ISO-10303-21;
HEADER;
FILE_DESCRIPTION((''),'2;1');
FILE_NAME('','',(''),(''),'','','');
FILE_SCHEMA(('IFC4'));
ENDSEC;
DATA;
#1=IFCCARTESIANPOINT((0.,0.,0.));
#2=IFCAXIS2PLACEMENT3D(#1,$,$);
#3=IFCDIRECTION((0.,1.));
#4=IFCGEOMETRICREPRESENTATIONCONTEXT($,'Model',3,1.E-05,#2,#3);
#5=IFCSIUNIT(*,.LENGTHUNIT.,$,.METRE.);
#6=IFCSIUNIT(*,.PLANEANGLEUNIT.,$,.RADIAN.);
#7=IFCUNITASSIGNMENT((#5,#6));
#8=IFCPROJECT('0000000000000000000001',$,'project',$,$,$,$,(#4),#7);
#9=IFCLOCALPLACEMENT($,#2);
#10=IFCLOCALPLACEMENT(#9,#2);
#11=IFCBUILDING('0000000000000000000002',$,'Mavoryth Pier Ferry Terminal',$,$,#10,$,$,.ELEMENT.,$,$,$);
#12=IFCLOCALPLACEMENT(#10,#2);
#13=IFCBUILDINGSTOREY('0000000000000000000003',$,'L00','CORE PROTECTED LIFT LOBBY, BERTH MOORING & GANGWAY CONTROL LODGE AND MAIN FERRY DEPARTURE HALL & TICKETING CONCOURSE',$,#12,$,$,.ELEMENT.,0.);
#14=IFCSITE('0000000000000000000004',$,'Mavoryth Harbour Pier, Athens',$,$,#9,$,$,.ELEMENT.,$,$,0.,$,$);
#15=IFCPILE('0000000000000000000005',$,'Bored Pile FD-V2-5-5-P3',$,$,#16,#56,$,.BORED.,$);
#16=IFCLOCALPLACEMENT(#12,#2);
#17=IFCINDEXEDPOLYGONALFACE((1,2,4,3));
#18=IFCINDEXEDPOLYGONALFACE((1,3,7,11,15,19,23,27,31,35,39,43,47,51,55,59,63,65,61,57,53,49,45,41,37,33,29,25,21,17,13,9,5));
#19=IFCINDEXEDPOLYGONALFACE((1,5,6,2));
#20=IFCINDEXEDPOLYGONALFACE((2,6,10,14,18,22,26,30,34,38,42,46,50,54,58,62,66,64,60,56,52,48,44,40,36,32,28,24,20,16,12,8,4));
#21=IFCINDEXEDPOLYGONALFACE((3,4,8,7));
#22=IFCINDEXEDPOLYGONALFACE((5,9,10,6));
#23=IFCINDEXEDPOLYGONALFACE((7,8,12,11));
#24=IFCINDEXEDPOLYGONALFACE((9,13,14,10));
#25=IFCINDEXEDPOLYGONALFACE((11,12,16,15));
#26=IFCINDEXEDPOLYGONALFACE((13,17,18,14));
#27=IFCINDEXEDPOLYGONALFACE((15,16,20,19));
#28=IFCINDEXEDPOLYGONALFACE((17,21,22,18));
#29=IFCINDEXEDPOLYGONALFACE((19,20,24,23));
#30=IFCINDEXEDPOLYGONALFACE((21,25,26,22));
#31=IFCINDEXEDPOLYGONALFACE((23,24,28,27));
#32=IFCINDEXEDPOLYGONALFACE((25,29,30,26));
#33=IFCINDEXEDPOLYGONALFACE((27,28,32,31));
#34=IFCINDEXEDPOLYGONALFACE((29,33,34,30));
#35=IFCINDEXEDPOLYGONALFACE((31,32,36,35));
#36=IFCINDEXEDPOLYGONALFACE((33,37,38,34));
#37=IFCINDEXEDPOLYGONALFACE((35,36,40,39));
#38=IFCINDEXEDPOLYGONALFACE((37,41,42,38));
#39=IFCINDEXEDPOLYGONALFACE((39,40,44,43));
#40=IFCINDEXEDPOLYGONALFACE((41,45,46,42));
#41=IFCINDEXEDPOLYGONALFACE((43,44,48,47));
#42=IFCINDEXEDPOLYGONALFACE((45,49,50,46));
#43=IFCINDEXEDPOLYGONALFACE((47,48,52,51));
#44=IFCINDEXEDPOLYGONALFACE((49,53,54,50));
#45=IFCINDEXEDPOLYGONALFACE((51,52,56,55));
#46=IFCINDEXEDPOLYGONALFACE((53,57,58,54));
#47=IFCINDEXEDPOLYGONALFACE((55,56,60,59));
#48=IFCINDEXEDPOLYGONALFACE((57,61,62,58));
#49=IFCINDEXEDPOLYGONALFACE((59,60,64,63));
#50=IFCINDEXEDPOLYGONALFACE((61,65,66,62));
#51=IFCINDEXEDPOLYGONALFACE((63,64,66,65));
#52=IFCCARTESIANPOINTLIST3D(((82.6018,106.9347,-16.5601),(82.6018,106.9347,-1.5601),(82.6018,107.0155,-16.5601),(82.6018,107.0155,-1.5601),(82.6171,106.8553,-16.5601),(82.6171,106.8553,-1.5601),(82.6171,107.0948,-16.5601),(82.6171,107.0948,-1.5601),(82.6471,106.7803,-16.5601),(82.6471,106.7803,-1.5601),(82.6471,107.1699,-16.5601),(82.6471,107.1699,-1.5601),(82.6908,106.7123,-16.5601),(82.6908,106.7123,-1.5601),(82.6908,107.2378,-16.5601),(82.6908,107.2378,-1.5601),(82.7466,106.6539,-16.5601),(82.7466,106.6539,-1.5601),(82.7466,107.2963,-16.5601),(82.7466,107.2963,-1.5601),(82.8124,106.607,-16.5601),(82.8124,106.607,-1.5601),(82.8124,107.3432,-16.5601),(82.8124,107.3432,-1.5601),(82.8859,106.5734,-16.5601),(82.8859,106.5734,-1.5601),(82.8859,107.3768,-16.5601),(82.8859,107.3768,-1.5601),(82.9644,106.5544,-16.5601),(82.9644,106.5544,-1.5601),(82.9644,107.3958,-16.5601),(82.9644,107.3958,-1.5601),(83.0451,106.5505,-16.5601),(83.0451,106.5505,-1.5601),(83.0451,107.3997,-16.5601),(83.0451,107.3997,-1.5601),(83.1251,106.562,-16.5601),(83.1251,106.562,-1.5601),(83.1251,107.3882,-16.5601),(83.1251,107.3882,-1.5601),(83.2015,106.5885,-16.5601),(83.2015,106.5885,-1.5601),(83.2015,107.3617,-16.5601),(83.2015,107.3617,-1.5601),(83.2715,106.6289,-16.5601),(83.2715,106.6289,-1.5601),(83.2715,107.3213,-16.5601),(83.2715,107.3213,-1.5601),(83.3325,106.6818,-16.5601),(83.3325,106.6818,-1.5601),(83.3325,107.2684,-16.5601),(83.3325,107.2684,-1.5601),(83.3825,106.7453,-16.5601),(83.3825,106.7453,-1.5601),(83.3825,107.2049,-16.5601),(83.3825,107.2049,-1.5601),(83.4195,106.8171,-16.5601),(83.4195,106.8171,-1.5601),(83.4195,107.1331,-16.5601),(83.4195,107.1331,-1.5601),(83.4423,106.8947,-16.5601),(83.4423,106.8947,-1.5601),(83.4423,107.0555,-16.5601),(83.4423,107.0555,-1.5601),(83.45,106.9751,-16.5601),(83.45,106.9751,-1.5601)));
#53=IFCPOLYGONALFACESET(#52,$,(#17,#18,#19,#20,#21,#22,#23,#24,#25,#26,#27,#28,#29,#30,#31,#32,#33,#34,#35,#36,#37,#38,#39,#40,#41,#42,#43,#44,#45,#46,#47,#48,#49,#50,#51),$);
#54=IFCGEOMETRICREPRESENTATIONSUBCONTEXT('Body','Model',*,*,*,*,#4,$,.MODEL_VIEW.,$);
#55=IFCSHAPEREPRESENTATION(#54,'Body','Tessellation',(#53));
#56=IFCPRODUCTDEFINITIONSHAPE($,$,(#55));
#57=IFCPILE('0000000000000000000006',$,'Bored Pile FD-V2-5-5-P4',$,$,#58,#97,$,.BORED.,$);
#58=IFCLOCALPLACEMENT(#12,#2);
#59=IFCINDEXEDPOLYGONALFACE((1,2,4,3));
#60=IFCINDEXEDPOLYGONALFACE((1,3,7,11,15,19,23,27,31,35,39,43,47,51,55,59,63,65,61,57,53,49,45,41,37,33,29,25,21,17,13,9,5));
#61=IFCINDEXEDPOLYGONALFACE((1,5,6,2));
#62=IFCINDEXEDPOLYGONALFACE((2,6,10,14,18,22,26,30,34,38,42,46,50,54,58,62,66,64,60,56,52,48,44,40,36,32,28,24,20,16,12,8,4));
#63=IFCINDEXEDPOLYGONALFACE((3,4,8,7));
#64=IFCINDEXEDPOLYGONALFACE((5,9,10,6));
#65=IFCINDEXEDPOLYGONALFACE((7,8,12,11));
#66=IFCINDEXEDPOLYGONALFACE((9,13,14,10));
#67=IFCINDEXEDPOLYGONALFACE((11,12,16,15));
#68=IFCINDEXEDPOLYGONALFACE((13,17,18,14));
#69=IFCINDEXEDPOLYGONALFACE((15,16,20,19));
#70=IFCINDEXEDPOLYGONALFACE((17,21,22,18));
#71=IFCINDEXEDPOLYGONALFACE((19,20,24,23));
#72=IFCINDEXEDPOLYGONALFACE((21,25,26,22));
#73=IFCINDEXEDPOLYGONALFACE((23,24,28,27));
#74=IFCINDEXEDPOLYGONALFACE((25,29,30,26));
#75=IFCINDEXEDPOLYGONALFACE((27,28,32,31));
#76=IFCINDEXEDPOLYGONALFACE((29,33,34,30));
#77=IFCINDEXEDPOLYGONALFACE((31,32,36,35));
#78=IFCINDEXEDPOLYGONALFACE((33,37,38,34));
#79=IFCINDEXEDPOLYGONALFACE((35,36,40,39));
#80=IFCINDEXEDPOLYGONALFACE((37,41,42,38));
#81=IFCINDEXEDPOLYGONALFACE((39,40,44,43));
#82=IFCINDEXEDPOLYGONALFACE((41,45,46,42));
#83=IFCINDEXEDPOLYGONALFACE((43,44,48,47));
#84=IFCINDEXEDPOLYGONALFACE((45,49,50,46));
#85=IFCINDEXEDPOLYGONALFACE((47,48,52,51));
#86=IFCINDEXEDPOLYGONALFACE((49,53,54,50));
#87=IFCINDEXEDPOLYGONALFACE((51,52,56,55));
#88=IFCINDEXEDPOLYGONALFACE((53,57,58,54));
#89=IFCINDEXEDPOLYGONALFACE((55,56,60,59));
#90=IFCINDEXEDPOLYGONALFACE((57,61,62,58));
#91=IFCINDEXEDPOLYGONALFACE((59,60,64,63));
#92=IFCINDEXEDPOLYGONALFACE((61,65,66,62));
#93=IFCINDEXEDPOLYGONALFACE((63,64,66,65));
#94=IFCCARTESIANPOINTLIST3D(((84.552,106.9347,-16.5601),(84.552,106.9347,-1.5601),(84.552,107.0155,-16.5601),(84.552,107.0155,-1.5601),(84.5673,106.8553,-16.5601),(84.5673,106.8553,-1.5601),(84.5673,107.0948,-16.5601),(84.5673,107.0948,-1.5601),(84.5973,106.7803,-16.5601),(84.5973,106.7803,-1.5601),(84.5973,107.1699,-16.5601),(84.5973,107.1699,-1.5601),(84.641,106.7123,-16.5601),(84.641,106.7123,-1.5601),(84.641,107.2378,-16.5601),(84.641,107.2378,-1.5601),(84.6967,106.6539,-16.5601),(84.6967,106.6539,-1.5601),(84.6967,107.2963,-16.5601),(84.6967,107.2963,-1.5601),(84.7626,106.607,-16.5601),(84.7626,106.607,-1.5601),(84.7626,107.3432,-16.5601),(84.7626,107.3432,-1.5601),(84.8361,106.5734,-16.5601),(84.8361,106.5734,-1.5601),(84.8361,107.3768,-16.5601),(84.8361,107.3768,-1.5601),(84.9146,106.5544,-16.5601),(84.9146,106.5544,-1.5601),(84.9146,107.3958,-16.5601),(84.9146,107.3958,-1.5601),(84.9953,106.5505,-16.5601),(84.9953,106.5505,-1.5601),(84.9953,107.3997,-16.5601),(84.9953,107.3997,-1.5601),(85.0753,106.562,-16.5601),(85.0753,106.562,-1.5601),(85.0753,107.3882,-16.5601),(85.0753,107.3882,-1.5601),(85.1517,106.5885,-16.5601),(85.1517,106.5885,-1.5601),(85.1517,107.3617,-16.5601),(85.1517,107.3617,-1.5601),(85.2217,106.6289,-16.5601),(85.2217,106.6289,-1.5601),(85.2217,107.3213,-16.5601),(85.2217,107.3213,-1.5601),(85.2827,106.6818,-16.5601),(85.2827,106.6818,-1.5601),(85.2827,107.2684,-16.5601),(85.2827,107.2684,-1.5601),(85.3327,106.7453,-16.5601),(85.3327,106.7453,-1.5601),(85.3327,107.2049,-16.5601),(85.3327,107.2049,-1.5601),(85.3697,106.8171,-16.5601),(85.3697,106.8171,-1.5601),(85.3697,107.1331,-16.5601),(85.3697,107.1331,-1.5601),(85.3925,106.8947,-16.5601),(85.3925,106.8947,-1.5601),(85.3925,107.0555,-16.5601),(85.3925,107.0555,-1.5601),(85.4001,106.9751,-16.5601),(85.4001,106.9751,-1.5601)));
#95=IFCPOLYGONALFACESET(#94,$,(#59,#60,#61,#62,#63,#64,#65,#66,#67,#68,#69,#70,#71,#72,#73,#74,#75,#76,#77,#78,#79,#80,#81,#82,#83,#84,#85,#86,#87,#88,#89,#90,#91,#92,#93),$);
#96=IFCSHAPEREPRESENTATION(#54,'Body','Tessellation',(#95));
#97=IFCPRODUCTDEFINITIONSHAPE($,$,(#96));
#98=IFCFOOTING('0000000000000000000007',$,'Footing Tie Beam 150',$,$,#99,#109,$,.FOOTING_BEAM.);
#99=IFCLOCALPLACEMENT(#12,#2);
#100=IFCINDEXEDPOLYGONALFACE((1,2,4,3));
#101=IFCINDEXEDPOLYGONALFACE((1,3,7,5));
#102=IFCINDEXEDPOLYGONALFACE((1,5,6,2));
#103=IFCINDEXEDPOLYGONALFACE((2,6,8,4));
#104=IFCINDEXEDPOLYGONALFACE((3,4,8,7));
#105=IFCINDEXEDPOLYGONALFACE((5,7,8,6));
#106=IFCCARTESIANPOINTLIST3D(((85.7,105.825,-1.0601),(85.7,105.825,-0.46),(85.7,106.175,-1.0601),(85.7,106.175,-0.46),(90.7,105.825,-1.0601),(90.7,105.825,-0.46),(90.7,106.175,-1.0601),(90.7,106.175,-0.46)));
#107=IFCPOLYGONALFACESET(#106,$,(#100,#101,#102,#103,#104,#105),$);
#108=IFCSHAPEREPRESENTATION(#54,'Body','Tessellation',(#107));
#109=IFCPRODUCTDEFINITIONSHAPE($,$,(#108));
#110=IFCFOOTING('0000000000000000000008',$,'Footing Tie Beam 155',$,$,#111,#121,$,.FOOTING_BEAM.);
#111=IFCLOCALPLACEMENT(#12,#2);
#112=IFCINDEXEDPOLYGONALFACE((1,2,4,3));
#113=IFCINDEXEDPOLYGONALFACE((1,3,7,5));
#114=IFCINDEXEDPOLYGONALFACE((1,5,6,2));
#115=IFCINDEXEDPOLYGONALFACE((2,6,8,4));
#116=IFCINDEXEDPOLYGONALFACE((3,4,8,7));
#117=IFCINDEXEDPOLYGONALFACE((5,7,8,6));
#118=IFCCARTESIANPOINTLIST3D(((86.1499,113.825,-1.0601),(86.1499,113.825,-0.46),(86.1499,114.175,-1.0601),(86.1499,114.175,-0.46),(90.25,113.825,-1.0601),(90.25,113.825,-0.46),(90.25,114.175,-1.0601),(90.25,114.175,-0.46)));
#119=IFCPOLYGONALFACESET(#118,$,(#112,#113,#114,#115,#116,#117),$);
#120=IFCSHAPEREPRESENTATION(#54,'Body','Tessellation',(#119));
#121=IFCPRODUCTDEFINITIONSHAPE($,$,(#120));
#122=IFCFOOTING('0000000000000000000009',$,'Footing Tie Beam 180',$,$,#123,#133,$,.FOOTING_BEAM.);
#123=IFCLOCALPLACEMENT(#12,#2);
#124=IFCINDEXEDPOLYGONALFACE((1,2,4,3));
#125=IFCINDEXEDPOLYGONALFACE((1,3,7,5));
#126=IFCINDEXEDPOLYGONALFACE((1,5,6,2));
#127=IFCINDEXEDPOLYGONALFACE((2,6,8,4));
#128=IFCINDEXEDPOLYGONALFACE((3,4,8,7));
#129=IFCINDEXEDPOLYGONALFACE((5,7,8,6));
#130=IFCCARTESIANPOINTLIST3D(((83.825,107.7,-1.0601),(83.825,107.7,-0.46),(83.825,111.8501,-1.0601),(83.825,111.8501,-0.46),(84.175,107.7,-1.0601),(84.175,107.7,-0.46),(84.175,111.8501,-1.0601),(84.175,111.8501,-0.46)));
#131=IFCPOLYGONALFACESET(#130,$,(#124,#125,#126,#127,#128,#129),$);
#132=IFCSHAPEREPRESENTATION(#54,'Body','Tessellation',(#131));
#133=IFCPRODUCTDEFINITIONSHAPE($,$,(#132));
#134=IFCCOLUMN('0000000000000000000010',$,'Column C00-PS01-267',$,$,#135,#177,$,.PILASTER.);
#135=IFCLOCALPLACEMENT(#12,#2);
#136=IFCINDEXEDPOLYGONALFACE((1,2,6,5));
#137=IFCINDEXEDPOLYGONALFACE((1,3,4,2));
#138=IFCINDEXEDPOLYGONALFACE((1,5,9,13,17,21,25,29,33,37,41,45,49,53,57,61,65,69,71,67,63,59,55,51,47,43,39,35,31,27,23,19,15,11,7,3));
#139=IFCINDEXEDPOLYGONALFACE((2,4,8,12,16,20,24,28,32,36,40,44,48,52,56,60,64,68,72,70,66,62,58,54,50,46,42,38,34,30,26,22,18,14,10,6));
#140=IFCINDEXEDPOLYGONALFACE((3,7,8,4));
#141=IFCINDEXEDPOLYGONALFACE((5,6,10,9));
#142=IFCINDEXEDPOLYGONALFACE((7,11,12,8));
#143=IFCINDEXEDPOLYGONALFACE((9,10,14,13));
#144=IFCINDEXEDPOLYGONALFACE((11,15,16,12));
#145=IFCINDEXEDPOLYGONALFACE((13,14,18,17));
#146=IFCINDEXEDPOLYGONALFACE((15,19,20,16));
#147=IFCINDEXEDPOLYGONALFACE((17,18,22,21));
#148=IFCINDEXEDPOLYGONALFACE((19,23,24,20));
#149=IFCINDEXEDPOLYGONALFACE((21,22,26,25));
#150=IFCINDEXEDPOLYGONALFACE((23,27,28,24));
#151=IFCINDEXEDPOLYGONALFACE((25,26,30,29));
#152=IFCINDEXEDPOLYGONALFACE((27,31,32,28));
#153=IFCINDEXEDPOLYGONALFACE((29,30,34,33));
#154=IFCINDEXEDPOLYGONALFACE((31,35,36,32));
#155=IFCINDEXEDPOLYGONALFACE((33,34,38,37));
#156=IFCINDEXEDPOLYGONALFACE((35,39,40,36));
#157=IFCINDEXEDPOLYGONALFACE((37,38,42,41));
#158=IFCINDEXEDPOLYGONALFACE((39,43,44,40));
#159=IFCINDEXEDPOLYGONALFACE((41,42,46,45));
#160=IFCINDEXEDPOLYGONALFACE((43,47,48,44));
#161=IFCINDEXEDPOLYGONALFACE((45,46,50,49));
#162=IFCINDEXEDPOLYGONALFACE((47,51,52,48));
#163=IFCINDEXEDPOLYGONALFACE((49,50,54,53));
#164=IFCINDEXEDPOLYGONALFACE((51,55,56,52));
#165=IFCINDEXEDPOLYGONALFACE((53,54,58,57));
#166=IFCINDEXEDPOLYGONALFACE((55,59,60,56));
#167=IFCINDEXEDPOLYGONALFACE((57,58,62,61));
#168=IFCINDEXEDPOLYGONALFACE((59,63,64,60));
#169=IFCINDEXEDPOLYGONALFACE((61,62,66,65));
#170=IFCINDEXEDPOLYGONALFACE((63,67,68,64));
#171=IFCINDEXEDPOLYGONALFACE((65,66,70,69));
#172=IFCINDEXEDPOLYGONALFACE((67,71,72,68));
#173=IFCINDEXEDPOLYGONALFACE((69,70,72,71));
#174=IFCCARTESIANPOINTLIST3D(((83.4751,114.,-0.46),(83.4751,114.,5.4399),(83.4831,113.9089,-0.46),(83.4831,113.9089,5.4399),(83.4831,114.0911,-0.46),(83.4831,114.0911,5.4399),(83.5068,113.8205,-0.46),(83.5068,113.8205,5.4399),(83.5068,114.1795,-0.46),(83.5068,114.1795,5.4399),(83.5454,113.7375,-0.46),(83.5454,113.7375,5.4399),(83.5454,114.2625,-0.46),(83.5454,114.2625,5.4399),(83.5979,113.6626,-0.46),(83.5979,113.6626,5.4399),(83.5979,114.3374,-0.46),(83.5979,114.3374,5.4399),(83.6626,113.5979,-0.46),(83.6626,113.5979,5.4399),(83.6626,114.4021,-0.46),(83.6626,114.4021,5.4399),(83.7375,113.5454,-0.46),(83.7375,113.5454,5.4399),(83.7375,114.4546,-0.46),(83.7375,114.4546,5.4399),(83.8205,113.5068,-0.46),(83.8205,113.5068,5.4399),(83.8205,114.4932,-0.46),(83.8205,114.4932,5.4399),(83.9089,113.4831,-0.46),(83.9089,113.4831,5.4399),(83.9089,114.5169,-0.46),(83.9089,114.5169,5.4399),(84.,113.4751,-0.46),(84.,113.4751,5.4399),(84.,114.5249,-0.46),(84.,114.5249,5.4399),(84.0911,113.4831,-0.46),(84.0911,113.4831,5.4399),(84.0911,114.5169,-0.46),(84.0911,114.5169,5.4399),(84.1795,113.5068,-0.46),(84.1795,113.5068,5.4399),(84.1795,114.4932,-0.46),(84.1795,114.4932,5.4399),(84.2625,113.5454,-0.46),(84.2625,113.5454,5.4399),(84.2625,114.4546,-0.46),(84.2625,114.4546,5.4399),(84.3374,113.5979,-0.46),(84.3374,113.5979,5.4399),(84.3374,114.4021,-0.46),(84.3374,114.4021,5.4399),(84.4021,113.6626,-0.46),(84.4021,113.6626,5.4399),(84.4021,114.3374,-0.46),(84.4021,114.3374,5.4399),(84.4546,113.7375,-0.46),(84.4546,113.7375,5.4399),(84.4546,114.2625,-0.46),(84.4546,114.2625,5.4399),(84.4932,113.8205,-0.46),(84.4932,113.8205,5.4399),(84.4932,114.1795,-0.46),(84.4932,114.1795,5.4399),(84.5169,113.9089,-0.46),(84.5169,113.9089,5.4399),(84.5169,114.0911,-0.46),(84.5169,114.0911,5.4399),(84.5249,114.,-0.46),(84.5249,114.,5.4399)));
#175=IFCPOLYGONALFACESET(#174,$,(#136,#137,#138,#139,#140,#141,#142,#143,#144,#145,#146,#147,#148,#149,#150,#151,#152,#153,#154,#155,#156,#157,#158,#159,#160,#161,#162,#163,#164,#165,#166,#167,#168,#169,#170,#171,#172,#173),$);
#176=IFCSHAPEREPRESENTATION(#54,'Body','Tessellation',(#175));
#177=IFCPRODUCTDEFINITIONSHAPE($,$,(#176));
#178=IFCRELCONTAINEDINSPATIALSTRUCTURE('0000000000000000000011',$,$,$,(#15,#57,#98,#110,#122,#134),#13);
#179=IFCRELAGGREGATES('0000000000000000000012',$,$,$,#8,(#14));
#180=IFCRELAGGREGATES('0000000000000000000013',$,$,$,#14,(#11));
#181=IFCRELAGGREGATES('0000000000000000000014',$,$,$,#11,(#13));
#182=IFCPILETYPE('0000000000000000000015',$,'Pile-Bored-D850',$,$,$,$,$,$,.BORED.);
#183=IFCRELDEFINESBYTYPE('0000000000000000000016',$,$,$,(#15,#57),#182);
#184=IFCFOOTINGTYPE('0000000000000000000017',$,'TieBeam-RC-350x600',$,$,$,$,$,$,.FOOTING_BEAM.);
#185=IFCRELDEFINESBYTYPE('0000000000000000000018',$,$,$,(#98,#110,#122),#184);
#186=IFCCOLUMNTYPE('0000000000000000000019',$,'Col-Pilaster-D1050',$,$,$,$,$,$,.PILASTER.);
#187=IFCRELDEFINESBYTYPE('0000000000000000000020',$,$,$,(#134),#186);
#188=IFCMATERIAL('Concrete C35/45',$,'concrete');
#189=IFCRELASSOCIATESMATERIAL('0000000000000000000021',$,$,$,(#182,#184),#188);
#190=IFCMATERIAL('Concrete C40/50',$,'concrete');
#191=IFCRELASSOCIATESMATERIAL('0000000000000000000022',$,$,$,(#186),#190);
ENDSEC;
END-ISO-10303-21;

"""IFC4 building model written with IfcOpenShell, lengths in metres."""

from ifc_helpers import new_model, si_unit, direction, frame, origin, origin_2d, place, context, subcontext, project, spatial, rectangle, circle, extrude, material, material_profile, profile_set, type_object, element, save


model = new_model("IFC4")

# Units and contexts
model_context = context("Model", 3, precision=1e-05, world=origin(), true_north=direction((0.0, 1.0)))
body_context = subcontext(model_context, "Body", "Model", "MODEL_VIEW")
ifc_project = project(units=[si_unit("LENGTHUNIT", "METRE"), si_unit("PLANEANGLEUNIT", "RADIAN")], contexts=[model_context])

# Site, building, storey
site_placement = place(None, origin())
site = spatial("IfcSite", under=ifc_project, at=site_placement, Name="Mavoryth Harbour Pier, Athens", CompositionType="ELEMENT", RefElevation=0.0)
building_placement = place(site_placement, origin())
building = spatial("IfcBuilding", under=site, at=building_placement, Name="Mavoryth Pier Ferry Terminal", CompositionType="ELEMENT")
storey_placement = place(building_placement, origin())
storey = spatial("IfcBuildingStorey", under=building, at=storey_placement, Name="L00", Description="CORE PROTECTED LIFT LOBBY, BERTH MOORING & GANGWAY CONTROL LODGE AND MAIN FERRY DEPARTURE HALL & TICKETING CONCOURSE", CompositionType="ELEMENT", Elevation=0.0)

# Shared definitions
ifc_material_1 = material(Name="Concrete C35/45", Category="concrete")

# Piles
ifc_material_profile_1 = material_profile(ifc_material_1, circle(Radius=0.425, at=origin_2d()), Name="PILE D850", Category="concrete")
ifc_profile_set_1 = profile_set([ifc_material_profile_1], Name="Concrete C35/45 - PILE D850")
pile_type_1 = type_object("IfcPileType", Name="Pile-Bored-D850", PredefinedType="BORED", material=ifc_profile_set_1)
for number, where, z_axis, x_axis, name in (
    (1, (83.0249, 106.9751, -1.5601), (0.0, 0.0, -1.0), (1.0, 0.0, 0.0), "Bored Pile FD-V2-5-5-P3"),
    (2, (84.9751, 106.9751, -1.5601), (0.0, 0.0, -1.0), (1.0, 0.0, 0.0), "Bored Pile FD-V2-5-5-P4"),
):
    element("IfcPile", number, at=place(storey_placement, frame(where, z_axis=z_axis, x_axis=x_axis)), inside=storey, type_object=pile_type_1, Name=name, PredefinedType="BORED", context=body_context, shape_type="SweptSolid", body=[
        extrude(circle(Radius=0.425, at=origin_2d()), origin(), (0.0, 0.0, 1.0), 15.0),
    ])

# Footings
ifc_material_profile_2 = material_profile(ifc_material_1, rectangle(XDim=0.3501, YDim=0.6001, at=origin_2d()), Name="RC 350x600", Category="concrete")
ifc_profile_set_2 = profile_set([ifc_material_profile_2], Name="Concrete C35/45 - RC 350x600")
footing_type_1 = type_object("IfcFootingType", Name="TieBeam-RC-350x600", PredefinedType="FOOTING_BEAM", material=ifc_profile_set_2)
footing_1_placement = place(storey_placement, frame((85.7, 106.0, -0.76), z_axis=(1.0, 0.0, 0.0), x_axis=(0.0, 1.0, 0.0)))
element("IfcFooting", 3, at=footing_1_placement, inside=storey, type_object=footing_type_1, Name="Footing Tie Beam 150", PredefinedType="FOOTING_BEAM", context=body_context, shape_type="SweptSolid", body=[
    extrude(rectangle(XDim=0.3501, YDim=0.6001, at=origin_2d()), origin(), (0.0, 0.0, 1.0), 5.0),
])
footing_2_placement = place(storey_placement, frame((86.1499, 114.0, -0.76), z_axis=(1.0, 0.0, 0.0), x_axis=(0.0, 1.0, 0.0)))
element("IfcFooting", 4, at=footing_2_placement, inside=storey, type_object=footing_type_1, Name="Footing Tie Beam 155", PredefinedType="FOOTING_BEAM", context=body_context, shape_type="SweptSolid", body=[
    extrude(rectangle(XDim=0.3501, YDim=0.6001, at=origin_2d()), origin(), (0.0, 0.0, 1.0), 4.1001),
])
footing_3_placement = place(storey_placement, frame((84.0, 107.7, -0.76), z_axis=(0.0, 1.0, 0.0), x_axis=(-1.0, 0.0, 0.0)))
element("IfcFooting", 5, at=footing_3_placement, inside=storey, type_object=footing_type_1, Name="Footing Tie Beam 180", PredefinedType="FOOTING_BEAM", context=body_context, shape_type="SweptSolid", body=[
    extrude(rectangle(XDim=0.3501, YDim=0.6001, at=origin_2d()), origin(), (0.0, 0.0, 1.0), 4.1501),
])

# Column
ifc_material_2 = material(Name="Concrete C40/50", Category="concrete")
ifc_material_profile_3 = material_profile(ifc_material_2, circle(Radius=0.5249, at=origin_2d()), Name="RC D1050", Category="concrete")
ifc_profile_set_3 = profile_set([ifc_material_profile_3], Name="Concrete C40/50 - RC D1050")
column_type = type_object("IfcColumnType", Name="Col-Pilaster-D1050", PredefinedType="PILASTER", material=ifc_profile_set_3)
column_placement = place(storey_placement, frame((84.0, 114.0, -0.46), z_axis=(0.0, 0.0, 1.0), x_axis=(1.0, 0.0, 0.0)))
element("IfcColumn", 6, at=column_placement, inside=storey, type_object=column_type, Name="Column C00-PS01-267", PredefinedType="PILASTER", context=body_context, shape_type="SweptSolid", body=[
    extrude(circle(Radius=0.5249, at=origin_2d()), origin(), (0.0, 0.0, 1.0), 5.8999),
])

save(model, "model.ifc")
